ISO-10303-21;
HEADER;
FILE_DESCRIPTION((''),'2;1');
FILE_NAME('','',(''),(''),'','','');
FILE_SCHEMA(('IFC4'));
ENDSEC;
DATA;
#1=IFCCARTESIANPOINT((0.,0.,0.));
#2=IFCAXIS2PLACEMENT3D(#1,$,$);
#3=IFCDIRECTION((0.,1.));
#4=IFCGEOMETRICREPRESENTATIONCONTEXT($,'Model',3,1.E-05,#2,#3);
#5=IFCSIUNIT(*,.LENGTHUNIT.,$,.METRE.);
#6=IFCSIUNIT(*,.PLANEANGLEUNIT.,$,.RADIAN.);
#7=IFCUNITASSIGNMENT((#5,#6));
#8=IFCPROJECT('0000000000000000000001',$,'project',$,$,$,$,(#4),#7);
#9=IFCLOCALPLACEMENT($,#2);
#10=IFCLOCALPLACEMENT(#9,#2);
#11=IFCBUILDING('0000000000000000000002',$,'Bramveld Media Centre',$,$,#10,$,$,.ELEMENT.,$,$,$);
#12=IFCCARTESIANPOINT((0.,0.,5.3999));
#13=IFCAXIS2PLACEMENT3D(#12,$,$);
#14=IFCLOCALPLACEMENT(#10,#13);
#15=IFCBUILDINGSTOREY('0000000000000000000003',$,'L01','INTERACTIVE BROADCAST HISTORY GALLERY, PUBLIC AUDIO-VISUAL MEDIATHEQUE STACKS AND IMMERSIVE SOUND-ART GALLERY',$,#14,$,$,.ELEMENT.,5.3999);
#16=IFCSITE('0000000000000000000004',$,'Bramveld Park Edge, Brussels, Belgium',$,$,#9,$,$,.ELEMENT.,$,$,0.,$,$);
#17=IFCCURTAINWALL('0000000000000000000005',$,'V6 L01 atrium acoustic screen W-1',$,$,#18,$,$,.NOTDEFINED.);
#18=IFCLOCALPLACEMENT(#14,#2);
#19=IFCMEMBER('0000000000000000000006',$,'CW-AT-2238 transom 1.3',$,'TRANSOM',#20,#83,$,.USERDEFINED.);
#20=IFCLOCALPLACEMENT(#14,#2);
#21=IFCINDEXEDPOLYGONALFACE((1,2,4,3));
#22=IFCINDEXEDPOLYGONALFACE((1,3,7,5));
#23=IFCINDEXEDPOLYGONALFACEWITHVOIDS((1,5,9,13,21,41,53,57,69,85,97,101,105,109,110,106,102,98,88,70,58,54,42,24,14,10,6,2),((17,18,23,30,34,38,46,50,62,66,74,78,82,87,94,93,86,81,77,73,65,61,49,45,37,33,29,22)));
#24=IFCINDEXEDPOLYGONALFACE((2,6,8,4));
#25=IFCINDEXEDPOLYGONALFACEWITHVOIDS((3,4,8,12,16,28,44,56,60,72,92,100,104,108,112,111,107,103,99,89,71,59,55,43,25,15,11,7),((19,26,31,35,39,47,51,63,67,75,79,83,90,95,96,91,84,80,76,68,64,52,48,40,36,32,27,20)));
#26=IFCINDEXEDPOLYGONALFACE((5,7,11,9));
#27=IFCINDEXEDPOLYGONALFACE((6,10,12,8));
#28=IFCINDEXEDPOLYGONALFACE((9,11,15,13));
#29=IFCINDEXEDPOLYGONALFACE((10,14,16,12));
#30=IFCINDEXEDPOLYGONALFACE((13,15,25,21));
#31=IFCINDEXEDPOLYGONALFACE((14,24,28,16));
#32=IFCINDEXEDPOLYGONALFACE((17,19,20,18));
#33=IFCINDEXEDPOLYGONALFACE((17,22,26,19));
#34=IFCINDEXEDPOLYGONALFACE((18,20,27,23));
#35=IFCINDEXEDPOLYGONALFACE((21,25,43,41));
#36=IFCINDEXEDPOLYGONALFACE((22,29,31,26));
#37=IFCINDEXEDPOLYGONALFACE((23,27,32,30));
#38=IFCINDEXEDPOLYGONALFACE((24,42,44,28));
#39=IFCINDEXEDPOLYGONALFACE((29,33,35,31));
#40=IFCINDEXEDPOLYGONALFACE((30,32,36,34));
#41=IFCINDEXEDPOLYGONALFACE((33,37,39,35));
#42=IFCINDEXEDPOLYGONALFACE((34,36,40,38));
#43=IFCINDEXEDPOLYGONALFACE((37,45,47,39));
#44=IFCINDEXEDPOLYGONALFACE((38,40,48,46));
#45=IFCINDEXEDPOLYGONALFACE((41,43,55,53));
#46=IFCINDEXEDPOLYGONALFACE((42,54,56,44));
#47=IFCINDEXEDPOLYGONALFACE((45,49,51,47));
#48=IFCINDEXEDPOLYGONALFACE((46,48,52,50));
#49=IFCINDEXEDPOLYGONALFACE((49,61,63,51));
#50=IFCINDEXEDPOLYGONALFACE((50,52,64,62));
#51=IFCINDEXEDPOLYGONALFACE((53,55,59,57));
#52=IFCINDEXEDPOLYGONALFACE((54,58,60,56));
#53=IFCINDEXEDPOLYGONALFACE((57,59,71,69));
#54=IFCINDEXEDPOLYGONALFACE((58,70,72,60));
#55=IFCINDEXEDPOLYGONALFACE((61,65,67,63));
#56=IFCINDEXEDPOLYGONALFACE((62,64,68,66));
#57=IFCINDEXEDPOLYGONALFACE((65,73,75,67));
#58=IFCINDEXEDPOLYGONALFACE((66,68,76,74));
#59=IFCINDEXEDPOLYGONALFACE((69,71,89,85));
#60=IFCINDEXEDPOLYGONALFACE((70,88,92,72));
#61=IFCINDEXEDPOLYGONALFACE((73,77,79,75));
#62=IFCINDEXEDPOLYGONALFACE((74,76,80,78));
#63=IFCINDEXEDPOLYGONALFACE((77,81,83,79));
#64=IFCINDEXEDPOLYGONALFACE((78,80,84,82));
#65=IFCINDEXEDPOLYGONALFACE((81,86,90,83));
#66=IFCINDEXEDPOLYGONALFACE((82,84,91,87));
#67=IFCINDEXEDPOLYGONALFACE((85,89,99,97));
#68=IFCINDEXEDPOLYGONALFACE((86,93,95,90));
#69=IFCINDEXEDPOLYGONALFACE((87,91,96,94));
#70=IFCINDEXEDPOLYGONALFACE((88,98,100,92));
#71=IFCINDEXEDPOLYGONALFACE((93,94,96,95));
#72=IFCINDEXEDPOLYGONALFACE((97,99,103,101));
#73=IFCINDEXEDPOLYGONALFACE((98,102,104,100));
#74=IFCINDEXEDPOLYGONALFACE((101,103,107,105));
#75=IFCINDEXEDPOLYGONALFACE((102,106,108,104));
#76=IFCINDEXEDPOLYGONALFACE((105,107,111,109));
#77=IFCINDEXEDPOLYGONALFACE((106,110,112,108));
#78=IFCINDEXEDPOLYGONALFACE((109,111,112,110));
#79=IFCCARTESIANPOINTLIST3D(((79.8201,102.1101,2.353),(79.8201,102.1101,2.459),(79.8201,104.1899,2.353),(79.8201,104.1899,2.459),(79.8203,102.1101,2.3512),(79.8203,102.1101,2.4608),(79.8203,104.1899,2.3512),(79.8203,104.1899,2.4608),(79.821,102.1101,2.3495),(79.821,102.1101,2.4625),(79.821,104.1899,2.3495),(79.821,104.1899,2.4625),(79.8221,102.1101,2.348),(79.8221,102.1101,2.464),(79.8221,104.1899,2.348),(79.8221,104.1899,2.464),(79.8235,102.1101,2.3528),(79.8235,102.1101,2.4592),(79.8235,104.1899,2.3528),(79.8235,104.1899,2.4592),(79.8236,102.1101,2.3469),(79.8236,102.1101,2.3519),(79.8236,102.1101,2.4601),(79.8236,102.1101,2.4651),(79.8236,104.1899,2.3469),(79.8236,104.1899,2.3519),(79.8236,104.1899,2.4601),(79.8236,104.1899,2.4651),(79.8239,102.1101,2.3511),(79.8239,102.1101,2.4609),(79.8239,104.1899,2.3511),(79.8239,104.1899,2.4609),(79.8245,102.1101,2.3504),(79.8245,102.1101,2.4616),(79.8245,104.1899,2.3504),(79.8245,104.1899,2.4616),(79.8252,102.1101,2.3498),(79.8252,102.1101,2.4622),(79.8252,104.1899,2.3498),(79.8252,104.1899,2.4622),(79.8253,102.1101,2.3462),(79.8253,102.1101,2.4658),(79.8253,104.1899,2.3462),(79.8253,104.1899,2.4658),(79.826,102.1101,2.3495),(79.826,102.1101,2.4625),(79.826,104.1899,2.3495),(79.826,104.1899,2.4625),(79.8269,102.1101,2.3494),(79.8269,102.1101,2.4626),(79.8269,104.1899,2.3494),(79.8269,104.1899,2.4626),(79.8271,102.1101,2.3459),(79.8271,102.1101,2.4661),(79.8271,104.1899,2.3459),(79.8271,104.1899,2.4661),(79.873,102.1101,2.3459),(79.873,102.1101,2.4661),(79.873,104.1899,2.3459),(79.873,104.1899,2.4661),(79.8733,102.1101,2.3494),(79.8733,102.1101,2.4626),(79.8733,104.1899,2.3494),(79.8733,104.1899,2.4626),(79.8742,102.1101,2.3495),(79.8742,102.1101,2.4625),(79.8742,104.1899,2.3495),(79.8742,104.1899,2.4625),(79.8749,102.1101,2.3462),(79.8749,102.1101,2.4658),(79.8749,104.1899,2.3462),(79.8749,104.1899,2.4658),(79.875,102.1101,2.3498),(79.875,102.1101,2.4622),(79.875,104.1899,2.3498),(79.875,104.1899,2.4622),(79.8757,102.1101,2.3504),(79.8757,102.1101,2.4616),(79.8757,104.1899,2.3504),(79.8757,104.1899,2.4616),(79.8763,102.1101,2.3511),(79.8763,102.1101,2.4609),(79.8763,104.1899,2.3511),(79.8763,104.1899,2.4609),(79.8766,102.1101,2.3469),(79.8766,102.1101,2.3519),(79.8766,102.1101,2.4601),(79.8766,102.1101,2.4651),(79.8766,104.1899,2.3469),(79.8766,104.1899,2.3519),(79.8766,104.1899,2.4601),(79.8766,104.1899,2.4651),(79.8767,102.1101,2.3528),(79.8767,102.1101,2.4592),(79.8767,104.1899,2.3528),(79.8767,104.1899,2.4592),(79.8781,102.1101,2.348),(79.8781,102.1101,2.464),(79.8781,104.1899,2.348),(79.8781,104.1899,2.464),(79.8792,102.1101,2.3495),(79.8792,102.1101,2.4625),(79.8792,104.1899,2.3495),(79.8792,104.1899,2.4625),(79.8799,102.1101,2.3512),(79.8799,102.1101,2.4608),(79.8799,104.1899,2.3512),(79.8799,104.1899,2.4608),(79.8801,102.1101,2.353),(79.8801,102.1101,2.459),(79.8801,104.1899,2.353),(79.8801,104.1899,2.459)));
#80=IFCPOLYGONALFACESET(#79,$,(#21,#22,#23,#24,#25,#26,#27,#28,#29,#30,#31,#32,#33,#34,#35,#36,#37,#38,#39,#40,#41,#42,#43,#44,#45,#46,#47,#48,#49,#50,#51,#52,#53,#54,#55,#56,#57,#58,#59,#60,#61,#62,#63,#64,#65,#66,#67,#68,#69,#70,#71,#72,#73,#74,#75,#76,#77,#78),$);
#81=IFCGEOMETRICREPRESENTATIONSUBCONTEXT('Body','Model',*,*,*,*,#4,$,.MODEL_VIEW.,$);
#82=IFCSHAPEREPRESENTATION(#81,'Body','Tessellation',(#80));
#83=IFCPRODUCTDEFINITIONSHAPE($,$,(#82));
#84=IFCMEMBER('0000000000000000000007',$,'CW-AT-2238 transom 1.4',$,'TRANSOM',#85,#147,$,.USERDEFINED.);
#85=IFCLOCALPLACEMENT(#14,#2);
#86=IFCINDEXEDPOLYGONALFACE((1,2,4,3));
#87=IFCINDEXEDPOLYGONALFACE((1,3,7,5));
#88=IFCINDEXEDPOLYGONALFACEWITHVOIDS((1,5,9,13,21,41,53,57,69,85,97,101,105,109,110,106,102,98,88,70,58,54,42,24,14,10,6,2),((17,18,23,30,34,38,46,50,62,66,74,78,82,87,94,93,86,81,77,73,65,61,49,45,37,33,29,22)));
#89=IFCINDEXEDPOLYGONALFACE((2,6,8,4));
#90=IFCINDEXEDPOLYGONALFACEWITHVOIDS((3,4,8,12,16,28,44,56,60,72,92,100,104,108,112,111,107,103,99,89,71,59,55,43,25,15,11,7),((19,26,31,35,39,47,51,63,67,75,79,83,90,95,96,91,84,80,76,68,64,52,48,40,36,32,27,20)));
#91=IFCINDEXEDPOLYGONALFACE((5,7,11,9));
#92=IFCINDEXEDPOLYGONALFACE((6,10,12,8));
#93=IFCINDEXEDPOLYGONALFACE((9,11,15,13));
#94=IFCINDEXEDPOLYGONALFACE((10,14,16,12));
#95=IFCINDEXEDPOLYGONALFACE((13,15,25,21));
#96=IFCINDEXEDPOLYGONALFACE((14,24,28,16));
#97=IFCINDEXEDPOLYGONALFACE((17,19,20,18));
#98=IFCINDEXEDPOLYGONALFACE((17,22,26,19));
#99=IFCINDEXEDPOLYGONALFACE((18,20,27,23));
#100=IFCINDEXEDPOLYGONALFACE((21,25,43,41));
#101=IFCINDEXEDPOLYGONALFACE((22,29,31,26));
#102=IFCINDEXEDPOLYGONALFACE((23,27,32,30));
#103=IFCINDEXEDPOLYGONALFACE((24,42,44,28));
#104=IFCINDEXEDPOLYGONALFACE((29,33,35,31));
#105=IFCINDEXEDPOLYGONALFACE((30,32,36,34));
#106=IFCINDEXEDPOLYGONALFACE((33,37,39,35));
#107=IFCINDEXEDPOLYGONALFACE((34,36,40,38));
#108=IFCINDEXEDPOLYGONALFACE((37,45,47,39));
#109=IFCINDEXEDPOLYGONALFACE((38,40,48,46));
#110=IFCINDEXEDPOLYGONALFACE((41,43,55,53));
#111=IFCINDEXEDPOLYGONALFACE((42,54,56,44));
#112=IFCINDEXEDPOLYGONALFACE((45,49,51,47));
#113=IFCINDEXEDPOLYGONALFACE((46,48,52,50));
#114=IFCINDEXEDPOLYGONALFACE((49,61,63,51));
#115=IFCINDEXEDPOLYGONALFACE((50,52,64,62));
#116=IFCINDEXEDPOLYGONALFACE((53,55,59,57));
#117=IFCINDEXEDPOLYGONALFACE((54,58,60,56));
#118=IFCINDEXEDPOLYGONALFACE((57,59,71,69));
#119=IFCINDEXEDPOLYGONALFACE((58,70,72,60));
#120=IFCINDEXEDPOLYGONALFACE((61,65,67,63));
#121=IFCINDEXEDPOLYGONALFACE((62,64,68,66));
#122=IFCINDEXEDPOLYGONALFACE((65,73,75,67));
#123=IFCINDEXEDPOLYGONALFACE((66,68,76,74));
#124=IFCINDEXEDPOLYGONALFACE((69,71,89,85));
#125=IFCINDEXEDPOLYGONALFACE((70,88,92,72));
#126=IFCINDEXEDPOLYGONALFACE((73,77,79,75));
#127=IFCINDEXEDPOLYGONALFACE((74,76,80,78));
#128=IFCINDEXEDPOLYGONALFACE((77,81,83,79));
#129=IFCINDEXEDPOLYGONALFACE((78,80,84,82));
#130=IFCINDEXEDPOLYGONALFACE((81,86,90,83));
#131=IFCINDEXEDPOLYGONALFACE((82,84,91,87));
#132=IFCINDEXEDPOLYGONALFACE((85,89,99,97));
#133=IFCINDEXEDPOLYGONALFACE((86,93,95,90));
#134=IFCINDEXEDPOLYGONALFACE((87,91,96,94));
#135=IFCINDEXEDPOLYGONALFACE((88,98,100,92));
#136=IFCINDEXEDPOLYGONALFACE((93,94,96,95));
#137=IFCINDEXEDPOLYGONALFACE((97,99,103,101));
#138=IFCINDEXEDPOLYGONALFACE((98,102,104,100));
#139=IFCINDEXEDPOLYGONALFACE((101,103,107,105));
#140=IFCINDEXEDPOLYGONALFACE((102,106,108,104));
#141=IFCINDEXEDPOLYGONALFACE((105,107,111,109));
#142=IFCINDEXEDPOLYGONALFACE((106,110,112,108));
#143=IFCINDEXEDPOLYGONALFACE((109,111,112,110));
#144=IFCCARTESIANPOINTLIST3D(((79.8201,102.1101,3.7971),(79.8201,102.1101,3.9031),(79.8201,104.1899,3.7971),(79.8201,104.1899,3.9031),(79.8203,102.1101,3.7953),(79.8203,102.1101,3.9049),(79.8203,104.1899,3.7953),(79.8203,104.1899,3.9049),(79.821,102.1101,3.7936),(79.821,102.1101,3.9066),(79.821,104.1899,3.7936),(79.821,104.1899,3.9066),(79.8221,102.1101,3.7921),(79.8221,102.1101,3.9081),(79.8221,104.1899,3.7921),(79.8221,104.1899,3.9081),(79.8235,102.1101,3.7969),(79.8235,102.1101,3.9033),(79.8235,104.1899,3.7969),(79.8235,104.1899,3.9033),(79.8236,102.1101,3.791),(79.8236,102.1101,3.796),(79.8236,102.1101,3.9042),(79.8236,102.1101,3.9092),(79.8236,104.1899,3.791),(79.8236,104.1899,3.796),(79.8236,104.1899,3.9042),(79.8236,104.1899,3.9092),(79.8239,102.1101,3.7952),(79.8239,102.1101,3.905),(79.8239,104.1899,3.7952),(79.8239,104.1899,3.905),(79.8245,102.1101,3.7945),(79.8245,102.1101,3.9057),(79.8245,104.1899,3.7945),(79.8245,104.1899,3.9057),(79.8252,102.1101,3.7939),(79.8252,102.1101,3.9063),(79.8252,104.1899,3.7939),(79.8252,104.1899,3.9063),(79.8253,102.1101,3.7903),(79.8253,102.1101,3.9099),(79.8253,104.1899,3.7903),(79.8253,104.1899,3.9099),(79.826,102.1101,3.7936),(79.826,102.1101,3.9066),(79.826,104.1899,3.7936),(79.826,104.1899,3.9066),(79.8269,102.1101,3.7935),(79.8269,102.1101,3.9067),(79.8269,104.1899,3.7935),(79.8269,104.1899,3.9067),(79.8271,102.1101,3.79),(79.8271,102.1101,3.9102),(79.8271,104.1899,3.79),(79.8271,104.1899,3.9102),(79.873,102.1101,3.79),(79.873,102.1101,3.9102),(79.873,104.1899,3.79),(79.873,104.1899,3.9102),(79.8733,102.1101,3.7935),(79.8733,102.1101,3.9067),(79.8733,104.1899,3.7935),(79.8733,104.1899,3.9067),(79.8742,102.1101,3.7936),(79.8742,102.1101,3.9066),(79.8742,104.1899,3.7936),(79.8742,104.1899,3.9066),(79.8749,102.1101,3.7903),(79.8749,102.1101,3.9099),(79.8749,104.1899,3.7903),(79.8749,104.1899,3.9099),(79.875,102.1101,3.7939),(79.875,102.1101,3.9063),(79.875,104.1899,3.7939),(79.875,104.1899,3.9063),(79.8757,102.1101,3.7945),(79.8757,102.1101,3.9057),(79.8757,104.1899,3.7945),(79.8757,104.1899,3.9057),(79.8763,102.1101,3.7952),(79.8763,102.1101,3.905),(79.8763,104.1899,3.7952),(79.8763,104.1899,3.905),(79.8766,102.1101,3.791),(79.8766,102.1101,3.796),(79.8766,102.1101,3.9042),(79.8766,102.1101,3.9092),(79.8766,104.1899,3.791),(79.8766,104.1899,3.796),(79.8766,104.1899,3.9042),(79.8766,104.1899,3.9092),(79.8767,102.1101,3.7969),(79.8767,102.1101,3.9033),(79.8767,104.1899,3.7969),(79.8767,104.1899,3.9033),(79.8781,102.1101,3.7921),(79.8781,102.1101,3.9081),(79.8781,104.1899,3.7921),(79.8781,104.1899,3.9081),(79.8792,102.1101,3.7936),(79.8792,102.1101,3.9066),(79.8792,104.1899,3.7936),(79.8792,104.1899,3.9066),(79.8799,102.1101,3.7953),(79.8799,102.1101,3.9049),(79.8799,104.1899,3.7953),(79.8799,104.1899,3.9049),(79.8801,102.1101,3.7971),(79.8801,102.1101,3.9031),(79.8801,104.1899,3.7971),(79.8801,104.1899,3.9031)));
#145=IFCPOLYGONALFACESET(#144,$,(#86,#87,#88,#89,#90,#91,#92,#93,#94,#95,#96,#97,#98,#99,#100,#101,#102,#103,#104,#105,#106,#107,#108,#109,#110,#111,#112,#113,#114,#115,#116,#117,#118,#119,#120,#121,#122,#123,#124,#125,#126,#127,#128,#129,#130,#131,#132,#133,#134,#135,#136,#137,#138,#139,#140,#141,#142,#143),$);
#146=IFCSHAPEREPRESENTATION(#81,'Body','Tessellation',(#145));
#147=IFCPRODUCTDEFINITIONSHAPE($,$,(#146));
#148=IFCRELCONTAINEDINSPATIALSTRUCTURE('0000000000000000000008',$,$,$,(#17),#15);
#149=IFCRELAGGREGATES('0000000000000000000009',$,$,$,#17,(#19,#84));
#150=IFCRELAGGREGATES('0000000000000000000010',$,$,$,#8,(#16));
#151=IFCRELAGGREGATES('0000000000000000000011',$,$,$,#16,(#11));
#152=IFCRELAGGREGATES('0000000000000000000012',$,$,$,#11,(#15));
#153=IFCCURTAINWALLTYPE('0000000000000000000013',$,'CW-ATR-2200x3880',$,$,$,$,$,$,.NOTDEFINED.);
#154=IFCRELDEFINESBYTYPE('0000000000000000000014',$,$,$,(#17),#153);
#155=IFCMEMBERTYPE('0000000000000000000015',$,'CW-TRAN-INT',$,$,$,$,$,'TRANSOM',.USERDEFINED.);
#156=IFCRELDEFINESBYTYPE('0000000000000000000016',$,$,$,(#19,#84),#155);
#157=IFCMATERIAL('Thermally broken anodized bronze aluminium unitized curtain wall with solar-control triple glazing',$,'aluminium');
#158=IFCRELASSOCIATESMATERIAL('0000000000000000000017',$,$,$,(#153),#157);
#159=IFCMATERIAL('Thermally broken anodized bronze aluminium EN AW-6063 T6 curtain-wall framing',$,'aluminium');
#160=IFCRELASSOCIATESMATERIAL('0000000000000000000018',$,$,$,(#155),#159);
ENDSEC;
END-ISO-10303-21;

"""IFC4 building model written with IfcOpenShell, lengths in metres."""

from ifc_helpers import new_model, si_unit, direction, frame, origin, origin_2d, place, context, subcontext, project, spatial, hollow_rectangle, extrude, material, material_profile, profile_set, type_object, element, aggregate, save


model = new_model("IFC4")

# Units and contexts
model_context = context("Model", 3, precision=1e-05, world=origin(), true_north=direction((0.0, 1.0)))
body_context = subcontext(model_context, "Body", "Model", "MODEL_VIEW")
ifc_project = project(units=[si_unit("LENGTHUNIT", "METRE"), si_unit("PLANEANGLEUNIT", "RADIAN")], contexts=[model_context])

# Site, building, storey
site_placement = place(None, origin())
site = spatial("IfcSite", under=ifc_project, at=site_placement, Name="Bramveld Park Edge, Brussels, Belgium", CompositionType="ELEMENT", RefElevation=0.0)
building_placement = place(site_placement, origin())
building = spatial("IfcBuilding", under=site, at=building_placement, Name="Bramveld Media Centre", CompositionType="ELEMENT")
storey_placement = place(building_placement, frame((0.0, 0.0, 5.3999)))
storey = spatial("IfcBuildingStorey", under=building, at=storey_placement, Name="L01", Description="INTERACTIVE BROADCAST HISTORY GALLERY, PUBLIC AUDIO-VISUAL MEDIATHEQUE STACKS AND IMMERSIVE SOUND-ART GALLERY", CompositionType="ELEMENT", Elevation=5.3999)

# Curtain wall
ifc_material_1 = material(Name="Thermally broken anodized bronze aluminium unitized curtain wall with solar-control triple glazing", Category="aluminium")
curtain_wall_type_1 = type_object("IfcCurtainWallType", Name="CW-ATR-2200x3880", PredefinedType="NOTDEFINED", material=ifc_material_1)
curtain_wall_1_placement = place(storey_placement, origin())
curtain_wall_1 = element("IfcCurtainWall", 1, at=curtain_wall_1_placement, inside=storey, type_object=curtain_wall_type_1, Name="V6 L01 atrium acoustic screen W-1", PredefinedType="NOTDEFINED")

# Members
ifc_material_2 = material(Name="Thermally broken anodized bronze aluminium EN AW-6063 T6 curtain-wall framing", Category="aluminium")
ifc_material_profile_1 = material_profile(ifc_material_2, hollow_rectangle(XDim=0.0601, YDim=0.1201, WallThickness=0.0034, InnerFilletRadius=0.0034, OuterFilletRadius=0.0071, at=origin_2d()), Name="AL-TRAN 60x120")
ifc_profile_set_1 = profile_set([ifc_material_profile_1], Name="Thermally broken anodized bronze aluminium EN AW-6063 T6 curtain-wall framing")
member_type_1 = type_object("IfcMemberType", Name="CW-TRAN-INT", ElementType="TRANSOM", PredefinedType="USERDEFINED", material=ifc_profile_set_1)
member_1_placement = place(storey_placement, frame((79.8501, 102.1101, 2.406), z_axis=(0.0, 1.0, 0.0), x_axis=(-1.0, 0.0, 0.0)))
member_1 = element("IfcMember", 2, at=member_1_placement, type_object=member_type_1, Name="CW-AT-2238 transom 1.3", ObjectType="TRANSOM", PredefinedType="USERDEFINED", context=body_context, shape_type="SweptSolid", body=[
    extrude(hollow_rectangle(XDim=0.0601, YDim=0.1201, WallThickness=0.0034, InnerFilletRadius=0.0034, OuterFilletRadius=0.0071, at=origin_2d()), origin(), (0.0, 0.0, 1.0), 2.0798),
])
member_2_placement = place(storey_placement, frame((79.8501, 102.1101, 3.8501), z_axis=(0.0, 1.0, 0.0), x_axis=(-1.0, 0.0, 0.0)))
member_2 = element("IfcMember", 3, at=member_2_placement, type_object=member_type_1, Name="CW-AT-2238 transom 1.4", ObjectType="TRANSOM", PredefinedType="USERDEFINED", context=body_context, shape_type="SweptSolid", body=[
    extrude(hollow_rectangle(XDim=0.0601, YDim=0.1201, WallThickness=0.0034, InnerFilletRadius=0.0034, OuterFilletRadius=0.0071, at=origin_2d()), origin(), (0.0, 0.0, 1.0), 2.0798),
])

aggregate(curtain_wall_1, [member_1, member_2])

save(model, "model.ifc")
